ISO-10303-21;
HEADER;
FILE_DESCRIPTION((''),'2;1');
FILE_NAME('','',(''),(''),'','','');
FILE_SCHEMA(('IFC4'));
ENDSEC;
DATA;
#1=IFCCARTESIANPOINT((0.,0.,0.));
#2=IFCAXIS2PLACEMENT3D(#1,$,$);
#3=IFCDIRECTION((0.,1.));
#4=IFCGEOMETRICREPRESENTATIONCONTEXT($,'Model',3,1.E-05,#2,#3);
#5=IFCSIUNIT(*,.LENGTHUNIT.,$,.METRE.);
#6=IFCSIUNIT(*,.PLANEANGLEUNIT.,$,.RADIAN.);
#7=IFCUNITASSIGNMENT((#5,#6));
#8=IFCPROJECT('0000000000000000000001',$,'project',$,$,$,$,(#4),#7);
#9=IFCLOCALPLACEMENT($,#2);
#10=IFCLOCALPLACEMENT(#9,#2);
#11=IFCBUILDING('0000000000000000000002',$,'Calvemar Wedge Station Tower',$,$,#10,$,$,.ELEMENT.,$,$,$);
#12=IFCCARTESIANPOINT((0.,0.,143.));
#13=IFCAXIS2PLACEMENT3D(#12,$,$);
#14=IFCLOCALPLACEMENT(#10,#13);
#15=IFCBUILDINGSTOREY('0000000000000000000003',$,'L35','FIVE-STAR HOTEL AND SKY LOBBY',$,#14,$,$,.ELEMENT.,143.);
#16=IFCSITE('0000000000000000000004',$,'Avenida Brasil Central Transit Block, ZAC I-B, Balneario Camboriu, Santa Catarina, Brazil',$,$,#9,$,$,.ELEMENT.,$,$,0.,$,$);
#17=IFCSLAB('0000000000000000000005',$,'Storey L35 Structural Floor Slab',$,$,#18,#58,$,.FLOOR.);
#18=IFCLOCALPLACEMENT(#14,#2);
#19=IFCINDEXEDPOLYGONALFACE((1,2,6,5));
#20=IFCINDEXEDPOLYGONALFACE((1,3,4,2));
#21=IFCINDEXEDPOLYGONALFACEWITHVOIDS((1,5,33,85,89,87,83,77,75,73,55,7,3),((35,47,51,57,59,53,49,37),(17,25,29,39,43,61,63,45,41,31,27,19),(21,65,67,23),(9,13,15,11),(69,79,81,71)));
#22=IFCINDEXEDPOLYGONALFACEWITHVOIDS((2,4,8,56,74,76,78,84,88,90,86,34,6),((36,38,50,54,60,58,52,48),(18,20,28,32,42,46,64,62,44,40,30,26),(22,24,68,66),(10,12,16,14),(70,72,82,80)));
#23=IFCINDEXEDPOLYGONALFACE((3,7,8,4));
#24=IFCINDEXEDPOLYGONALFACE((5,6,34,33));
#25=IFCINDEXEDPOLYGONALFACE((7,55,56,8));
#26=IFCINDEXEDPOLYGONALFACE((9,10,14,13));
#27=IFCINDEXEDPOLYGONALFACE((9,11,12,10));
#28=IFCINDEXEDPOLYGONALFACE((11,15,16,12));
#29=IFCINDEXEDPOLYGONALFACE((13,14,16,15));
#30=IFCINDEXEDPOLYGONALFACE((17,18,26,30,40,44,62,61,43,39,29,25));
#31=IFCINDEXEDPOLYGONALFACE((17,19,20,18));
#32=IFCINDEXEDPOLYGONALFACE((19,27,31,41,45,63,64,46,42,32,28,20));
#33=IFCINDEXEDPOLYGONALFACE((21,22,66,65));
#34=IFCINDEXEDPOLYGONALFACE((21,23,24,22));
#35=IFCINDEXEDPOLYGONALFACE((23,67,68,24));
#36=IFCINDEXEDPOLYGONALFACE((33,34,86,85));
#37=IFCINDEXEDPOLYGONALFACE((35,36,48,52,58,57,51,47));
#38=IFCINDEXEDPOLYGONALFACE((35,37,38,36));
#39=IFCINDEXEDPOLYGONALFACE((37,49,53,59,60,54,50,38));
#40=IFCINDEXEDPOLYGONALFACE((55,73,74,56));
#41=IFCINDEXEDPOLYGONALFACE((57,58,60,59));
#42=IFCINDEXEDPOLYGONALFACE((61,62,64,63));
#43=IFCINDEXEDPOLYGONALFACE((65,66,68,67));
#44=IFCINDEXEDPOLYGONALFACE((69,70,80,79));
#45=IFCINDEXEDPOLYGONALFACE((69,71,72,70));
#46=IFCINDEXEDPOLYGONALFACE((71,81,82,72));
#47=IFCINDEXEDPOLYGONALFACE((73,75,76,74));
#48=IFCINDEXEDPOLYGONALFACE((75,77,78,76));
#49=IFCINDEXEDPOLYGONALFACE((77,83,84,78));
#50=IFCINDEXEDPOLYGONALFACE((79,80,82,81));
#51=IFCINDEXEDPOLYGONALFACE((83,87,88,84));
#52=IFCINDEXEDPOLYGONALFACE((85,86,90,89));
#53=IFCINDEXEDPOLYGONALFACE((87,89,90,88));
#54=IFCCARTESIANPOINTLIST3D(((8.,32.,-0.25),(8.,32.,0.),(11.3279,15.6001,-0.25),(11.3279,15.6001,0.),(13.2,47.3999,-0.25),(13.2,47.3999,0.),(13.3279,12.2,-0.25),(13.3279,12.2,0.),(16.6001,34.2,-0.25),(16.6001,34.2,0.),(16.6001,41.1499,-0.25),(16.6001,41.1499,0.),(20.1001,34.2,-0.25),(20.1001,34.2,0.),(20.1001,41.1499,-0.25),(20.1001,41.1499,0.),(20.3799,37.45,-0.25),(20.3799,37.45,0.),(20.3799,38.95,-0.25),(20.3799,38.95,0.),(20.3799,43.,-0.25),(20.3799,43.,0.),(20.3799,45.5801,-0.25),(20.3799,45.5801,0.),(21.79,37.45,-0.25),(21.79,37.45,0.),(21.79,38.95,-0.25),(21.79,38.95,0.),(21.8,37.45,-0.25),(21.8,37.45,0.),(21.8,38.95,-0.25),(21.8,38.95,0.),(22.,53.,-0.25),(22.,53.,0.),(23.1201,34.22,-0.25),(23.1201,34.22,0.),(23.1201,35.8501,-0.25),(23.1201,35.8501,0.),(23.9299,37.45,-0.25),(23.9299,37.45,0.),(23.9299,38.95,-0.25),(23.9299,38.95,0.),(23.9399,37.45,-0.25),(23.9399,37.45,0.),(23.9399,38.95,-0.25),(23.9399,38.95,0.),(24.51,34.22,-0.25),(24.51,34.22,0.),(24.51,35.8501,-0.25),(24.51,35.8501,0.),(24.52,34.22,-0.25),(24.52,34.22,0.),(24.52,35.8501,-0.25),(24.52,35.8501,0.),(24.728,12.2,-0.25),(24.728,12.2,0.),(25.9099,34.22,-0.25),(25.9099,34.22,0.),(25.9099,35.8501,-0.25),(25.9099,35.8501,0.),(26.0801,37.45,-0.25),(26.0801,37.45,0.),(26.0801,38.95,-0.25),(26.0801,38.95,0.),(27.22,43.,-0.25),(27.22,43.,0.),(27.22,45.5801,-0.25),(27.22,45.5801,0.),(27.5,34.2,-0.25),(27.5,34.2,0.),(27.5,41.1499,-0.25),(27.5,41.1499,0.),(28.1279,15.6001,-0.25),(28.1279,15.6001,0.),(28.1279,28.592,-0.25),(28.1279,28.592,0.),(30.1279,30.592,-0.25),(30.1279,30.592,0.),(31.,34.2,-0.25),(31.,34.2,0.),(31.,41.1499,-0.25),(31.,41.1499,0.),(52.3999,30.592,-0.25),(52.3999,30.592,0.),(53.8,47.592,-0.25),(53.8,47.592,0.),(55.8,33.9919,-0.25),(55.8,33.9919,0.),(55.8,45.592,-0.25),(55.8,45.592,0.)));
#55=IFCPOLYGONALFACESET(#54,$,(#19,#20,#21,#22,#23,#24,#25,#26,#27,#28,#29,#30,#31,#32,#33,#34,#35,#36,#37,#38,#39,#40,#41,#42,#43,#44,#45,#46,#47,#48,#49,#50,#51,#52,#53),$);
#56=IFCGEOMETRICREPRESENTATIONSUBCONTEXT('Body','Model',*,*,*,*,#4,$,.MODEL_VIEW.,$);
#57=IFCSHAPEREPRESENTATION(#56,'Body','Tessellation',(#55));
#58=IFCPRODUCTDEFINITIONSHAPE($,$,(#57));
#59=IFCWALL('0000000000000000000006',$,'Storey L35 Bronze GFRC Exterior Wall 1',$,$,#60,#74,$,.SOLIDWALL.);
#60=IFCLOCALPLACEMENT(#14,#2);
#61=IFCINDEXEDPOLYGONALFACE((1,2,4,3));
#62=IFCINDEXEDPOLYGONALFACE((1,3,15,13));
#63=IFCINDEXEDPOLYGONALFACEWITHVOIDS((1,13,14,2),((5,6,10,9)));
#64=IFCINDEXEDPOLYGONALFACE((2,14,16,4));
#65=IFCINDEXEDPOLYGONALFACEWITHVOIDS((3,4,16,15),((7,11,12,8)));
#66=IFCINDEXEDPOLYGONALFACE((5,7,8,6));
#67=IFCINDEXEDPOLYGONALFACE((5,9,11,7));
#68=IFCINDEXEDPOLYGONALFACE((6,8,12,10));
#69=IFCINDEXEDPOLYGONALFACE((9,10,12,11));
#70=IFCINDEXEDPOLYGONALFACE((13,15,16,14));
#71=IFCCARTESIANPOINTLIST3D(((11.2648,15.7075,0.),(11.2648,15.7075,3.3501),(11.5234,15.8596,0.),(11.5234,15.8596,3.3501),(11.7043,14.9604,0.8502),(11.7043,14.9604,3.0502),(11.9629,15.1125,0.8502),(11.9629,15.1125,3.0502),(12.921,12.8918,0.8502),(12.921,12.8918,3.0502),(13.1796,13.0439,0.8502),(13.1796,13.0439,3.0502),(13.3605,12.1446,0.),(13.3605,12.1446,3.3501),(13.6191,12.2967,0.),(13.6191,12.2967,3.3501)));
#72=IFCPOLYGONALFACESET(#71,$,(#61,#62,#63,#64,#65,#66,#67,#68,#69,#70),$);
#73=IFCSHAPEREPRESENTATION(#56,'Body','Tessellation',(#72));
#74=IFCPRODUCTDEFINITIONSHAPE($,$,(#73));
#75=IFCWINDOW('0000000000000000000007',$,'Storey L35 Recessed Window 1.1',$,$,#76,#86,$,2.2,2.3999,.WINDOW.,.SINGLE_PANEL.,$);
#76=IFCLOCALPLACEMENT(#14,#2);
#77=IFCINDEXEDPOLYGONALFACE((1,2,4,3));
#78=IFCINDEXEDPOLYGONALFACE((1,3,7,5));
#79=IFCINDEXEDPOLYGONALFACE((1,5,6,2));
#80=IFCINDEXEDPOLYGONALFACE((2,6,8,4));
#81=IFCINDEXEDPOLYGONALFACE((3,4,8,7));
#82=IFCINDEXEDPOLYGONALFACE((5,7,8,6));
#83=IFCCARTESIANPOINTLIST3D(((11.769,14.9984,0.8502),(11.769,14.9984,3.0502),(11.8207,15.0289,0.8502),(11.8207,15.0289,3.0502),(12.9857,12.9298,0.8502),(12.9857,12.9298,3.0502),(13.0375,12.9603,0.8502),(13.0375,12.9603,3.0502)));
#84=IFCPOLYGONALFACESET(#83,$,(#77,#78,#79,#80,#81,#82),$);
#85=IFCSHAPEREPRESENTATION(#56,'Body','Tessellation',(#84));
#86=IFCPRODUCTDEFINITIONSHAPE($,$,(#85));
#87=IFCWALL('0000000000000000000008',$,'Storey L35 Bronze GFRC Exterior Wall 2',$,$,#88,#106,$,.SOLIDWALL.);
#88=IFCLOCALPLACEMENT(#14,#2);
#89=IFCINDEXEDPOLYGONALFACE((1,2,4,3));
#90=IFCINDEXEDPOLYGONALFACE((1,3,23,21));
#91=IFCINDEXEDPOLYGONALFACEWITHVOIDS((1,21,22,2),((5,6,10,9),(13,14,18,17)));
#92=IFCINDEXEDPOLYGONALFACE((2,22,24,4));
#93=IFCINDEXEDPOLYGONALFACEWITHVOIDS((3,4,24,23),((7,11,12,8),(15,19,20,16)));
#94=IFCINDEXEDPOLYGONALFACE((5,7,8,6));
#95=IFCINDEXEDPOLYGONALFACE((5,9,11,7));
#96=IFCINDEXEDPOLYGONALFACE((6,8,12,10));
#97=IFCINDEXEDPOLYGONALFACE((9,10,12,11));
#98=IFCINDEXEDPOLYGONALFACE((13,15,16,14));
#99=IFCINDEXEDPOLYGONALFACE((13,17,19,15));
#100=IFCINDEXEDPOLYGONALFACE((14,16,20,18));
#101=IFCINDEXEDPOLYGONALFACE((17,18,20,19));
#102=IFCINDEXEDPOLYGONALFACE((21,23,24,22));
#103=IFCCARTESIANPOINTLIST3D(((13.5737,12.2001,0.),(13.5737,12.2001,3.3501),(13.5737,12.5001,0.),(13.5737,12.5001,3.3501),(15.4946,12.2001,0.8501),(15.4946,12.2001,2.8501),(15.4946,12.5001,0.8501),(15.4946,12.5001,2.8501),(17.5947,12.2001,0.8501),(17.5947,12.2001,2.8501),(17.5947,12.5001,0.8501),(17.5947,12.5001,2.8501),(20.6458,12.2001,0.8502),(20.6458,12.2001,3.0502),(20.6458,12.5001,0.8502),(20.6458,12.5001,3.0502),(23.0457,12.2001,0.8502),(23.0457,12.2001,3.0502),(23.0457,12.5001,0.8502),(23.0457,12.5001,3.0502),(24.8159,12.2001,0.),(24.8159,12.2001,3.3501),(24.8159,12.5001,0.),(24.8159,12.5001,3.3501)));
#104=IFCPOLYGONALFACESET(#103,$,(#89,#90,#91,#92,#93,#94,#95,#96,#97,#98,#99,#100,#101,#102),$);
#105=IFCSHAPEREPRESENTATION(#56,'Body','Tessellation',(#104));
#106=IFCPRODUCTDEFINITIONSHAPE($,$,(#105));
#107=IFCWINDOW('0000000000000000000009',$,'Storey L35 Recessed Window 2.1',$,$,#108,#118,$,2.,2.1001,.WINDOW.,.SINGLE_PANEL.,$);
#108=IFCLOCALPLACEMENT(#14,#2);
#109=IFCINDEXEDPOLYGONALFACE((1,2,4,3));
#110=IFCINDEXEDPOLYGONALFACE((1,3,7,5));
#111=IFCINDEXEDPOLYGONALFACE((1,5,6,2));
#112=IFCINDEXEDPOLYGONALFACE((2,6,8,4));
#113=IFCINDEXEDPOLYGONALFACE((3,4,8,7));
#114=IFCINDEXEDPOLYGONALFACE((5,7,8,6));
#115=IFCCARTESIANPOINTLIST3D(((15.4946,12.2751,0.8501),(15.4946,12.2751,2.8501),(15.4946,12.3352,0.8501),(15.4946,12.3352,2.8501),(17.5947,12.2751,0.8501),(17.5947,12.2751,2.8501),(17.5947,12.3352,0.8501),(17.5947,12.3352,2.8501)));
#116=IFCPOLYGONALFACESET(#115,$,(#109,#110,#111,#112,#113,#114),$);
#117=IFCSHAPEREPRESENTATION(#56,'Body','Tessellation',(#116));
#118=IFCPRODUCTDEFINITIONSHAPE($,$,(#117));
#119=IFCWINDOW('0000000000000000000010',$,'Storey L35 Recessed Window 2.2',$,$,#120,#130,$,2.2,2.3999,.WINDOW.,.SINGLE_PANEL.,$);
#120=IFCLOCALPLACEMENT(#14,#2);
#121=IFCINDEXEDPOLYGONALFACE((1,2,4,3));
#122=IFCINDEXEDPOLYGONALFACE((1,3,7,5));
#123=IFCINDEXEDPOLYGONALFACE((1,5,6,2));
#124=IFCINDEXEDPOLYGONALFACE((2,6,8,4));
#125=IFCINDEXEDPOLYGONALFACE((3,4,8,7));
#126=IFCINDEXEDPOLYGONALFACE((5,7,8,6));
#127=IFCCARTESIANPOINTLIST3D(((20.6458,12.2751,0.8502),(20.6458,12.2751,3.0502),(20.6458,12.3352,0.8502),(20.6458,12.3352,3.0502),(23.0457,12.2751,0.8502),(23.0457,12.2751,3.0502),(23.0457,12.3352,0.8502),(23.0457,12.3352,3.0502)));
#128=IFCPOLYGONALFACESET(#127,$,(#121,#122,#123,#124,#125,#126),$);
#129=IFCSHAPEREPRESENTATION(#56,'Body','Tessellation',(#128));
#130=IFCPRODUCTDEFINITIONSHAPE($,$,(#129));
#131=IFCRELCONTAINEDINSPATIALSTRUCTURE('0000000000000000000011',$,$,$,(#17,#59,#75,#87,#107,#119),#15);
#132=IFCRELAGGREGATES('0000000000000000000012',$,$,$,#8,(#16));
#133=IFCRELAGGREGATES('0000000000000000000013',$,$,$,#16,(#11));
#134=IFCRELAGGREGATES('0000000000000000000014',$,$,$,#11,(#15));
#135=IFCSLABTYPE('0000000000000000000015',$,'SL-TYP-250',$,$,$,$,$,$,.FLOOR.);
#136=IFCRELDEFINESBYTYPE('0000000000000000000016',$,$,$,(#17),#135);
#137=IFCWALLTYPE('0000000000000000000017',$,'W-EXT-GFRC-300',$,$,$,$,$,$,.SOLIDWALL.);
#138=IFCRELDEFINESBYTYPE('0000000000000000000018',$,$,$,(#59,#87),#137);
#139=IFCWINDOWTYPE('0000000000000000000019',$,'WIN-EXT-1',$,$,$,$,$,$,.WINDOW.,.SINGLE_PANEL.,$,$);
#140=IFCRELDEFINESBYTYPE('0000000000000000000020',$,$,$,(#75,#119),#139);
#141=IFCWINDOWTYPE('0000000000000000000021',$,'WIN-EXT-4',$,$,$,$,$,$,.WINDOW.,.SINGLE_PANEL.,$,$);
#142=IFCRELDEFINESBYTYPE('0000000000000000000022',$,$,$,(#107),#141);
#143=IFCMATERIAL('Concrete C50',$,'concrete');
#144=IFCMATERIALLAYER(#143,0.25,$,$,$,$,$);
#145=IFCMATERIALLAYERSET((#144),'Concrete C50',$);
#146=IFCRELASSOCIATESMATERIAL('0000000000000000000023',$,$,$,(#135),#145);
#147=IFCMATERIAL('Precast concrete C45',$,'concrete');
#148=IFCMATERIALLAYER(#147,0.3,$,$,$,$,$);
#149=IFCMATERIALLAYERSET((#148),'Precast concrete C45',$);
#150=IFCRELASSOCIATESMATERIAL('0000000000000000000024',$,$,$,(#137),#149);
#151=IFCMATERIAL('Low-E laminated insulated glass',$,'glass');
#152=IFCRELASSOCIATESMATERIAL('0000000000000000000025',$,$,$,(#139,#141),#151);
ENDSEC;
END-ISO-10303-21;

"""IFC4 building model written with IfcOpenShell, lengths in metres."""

from ifc_helpers import new_model, si_unit, direction, frame, frame_2d, origin, place, context, subcontext, project, spatial, polyline, rectangle, outline, extrude, source, transform, mapped, material, layer, layer_set, type_object, element, fill, save


model = new_model("IFC4")

# Units and contexts
model_context = context("Model", 3, precision=1e-05, world=origin(), true_north=direction((0.0, 1.0)))
body_context = subcontext(model_context, "Body", "Model", "MODEL_VIEW")
ifc_project = project(units=[si_unit("LENGTHUNIT", "METRE"), si_unit("PLANEANGLEUNIT", "RADIAN")], contexts=[model_context])

# Site, building, storey
site_placement = place(None, origin())
site = spatial("IfcSite", under=ifc_project, at=site_placement, Name="Avenida Brasil Central Transit Block, ZAC I-B, Balneario Camboriu, Santa Catarina, Brazil", CompositionType="ELEMENT", RefElevation=0.0)
building_placement = place(site_placement, origin())
building = spatial("IfcBuilding", under=site, at=building_placement, Name="Calvemar Wedge Station Tower", CompositionType="ELEMENT")
storey_placement = place(building_placement, frame((0.0, 0.0, 143.0)))
storey = spatial("IfcBuildingStorey", under=building, at=storey_placement, Name="L35", Description="FIVE-STAR HOTEL AND SKY LOBBY", CompositionType="ELEMENT", Elevation=143.0)

# Shared definitions
ifc_material_1 = material(Name="Concrete C50", Category="concrete")

# Slab
ifc_layer_1 = layer(ifc_material_1, 0.25)
ifc_layer_set_1 = layer_set([ifc_layer_1], Name="Concrete C50")
slab_type_1 = type_object("IfcSlabType", Name="SL-TYP-250", PredefinedType="FLOOR", material=ifc_layer_set_1)
slab_1_placement = place(storey_placement, frame((0.0, 0.0, -0.25)))
element("IfcSlab", 1, at=slab_1_placement, inside=storey, type_object=slab_type_1, Name="Storey L35 Structural Floor Slab", PredefinedType="FLOOR", context=body_context, shape_type="SweptSolid", body=[
    extrude(outline(polyline([(8.0, 32.0), (11.3279, 15.6001), (13.3279, 12.2), (24.728, 12.2), (28.1279, 15.6001), (28.1279, 28.592), (30.1279, 30.592), (52.3999, 30.592), (55.8, 33.9919), (55.8, 45.592), (53.8, 47.592), (22.0, 53.0), (13.2, 47.3999), (8.0, 32.0)]), holes=[polyline([(24.52, 35.8501), (24.51, 35.8501), (23.1201, 35.8501), (23.1201, 34.22), (24.51, 34.22), (24.52, 34.22), (25.9099, 34.22), (25.9099, 35.8501), (24.52, 35.8501)]), polyline([(16.6001, 34.2), (20.1001, 34.2), (20.1001, 41.1499), (16.6001, 41.1499), (16.6001, 34.2)]), polyline([(27.5, 34.2), (31.0, 34.2), (31.0, 41.1499), (27.5, 41.1499), (27.5, 34.2)]), polyline([(21.8, 38.95), (21.79, 38.95), (20.3799, 38.95), (20.3799, 37.45), (21.79, 37.45), (21.8, 37.45), (23.9299, 37.45), (23.9399, 37.45), (26.0801, 37.45), (26.0801, 38.95), (23.9399, 38.95), (23.9299, 38.95), (21.8, 38.95)]), polyline([(27.22, 43.0), (27.22, 45.5801), (20.3799, 45.5801), (20.3799, 43.0), (27.22, 43.0)])]), origin(), (0.0, 0.0, 1.0), 0.25),
])

# Wall, opening, window
ifc_material_2 = material(Name="Precast concrete C45", Category="concrete")
ifc_layer_2 = layer(ifc_material_2, 0.3)
ifc_layer_set_2 = layer_set([ifc_layer_2], Name="Precast concrete C45")
wall_type = type_object("IfcWallType", Name="W-EXT-GFRC-300", PredefinedType="SOLIDWALL", material=ifc_layer_set_2)
wall_1_placement = place(storey_placement, frame((11.394, 15.7837, 0.0), z_axis=(0.0, 0.0, 1.0), x_axis=(0.506989, -0.861952, 0.0)))
wall_1 = element("IfcWall", 2, at=wall_1_placement, inside=storey, type_object=wall_type, Name="Storey L35 Bronze GFRC Exterior Wall 1", PredefinedType="SOLIDWALL", context=body_context, shape_type="SweptSolid", body=[
    extrude(rectangle(XDim=4.1335, YDim=0.3, at=frame_2d((2.0669, 0.0))), origin(), (0.0, 0.0, 1.0), 3.3501),
])
shared_shape_1 = source(origin(), body_context, "Body", "SweptSolid", [
    extrude(rectangle(XDim=2.3999, YDim=2.2, at=frame_2d((1.2, 1.1001))), frame((0.0, 0.1602, 0.0), z_axis=(0.0, -1.0, 0.0), x_axis=(1.0, 0.0, 0.0)), (0.0, 0.0, 1.0), 0.3201),
])
opening_1_placement = place(wall_1_placement, frame((0.8669, 0.0, 0.8501)))
opening_1 = element("IfcOpeningElement", 3, at=opening_1_placement, cuts=wall_1, PredefinedType="OPENING", context=body_context, shape_type="MappedRepresentation", body=[
    mapped(shared_shape_1, transform((0.0, 0.0, 0.0), scale=1.0)),
])
ifc_material_3 = material(Name="Low-E laminated insulated glass", Category="glass")
window_type_1 = type_object("IfcWindowType", Name="WIN-EXT-1", PartitioningType="SINGLE_PANEL", PredefinedType="WINDOW", material=ifc_material_3)
shared_shape_2 = source(origin(), body_context, "Body", "SweptSolid", [
    extrude(rectangle(XDim=2.3999, YDim=2.2, at=frame_2d((1.2, 1.1001))), frame((0.0, -0.0149, 0.0), z_axis=(0.0, -1.0, 0.0), x_axis=(1.0, 0.0, 0.0)), (0.0, 0.0, 1.0), 0.0601),
])
window_1_placement = place(opening_1_placement, origin())
window_1 = element("IfcWindow", 4, at=window_1_placement, inside=storey, type_object=window_type_1, Name="Storey L35 Recessed Window 1.1", OverallHeight=2.2, OverallWidth=2.3999, PartitioningType="SINGLE_PANEL", PredefinedType="WINDOW", context=body_context, shape_type="MappedRepresentation", body=[
    mapped(shared_shape_2, transform((0.0, 0.0, 0.0), scale=1.0)),
])
fill(opening_1, window_1)

# Wall, openings, windows
wall_2_placement = place(storey_placement, frame((13.5737, 12.3501, 0.0), z_axis=(0.0, 0.0, 1.0), x_axis=(1.0, 0.0, 0.0)))
wall_2 = element("IfcWall", 5, at=wall_2_placement, inside=storey, type_object=wall_type, Name="Storey L35 Bronze GFRC Exterior Wall 2", PredefinedType="SOLIDWALL", context=body_context, shape_type="SweptSolid", body=[
    extrude(rectangle(XDim=11.2422, YDim=0.3, at=frame_2d((5.6211, 0.0))), origin(), (0.0, 0.0, 1.0), 3.3501),
])
shared_shape_3 = source(origin(), body_context, "Body", "SweptSolid", [
    extrude(rectangle(XDim=2.1001, YDim=2.0, at=frame_2d((1.05, 1.0))), frame((0.0, 0.1602, 0.0), z_axis=(0.0, -1.0, 0.0), x_axis=(1.0, 0.0, 0.0)), (0.0, 0.0, 1.0), 0.3201),
])
opening_2_placement = place(wall_2_placement, frame((1.9209, 0.0, 0.8501)))
opening_2 = element("IfcOpeningElement", 6, at=opening_2_placement, cuts=wall_2, PredefinedType="OPENING", context=body_context, shape_type="MappedRepresentation", body=[
    mapped(shared_shape_3, transform((0.0, 0.0, 0.0), scale=1.0)),
])
opening_3_placement = place(wall_2_placement, frame((7.072, 0.0, 0.8501)))
opening_3 = element("IfcOpeningElement", 7, at=opening_3_placement, cuts=wall_2, PredefinedType="OPENING", context=body_context, shape_type="MappedRepresentation", body=[
    mapped(shared_shape_1, transform((0.0, 0.0, 0.0), scale=1.0)),
])
window_type_2 = type_object("IfcWindowType", Name="WIN-EXT-4", PartitioningType="SINGLE_PANEL", PredefinedType="WINDOW", material=ifc_material_3)
shared_shape_4 = source(origin(), body_context, "Body", "SweptSolid", [
    extrude(rectangle(XDim=2.1001, YDim=2.0, at=frame_2d((1.05, 1.0))), frame((0.0, -0.0149, 0.0), z_axis=(0.0, -1.0, 0.0), x_axis=(1.0, 0.0, 0.0)), (0.0, 0.0, 1.0), 0.0601),
])
window_2_placement = place(opening_2_placement, origin())
window_2 = element("IfcWindow", 8, at=window_2_placement, inside=storey, type_object=window_type_2, Name="Storey L35 Recessed Window 2.1", OverallHeight=2.0, OverallWidth=2.1001, PartitioningType="SINGLE_PANEL", PredefinedType="WINDOW", context=body_context, shape_type="MappedRepresentation", body=[
    mapped(shared_shape_4, transform((0.0, 0.0, 0.0), scale=1.0)),
])
fill(opening_2, window_2)
window_3_placement = place(opening_3_placement, origin())
window_3 = element("IfcWindow", 9, at=window_3_placement, inside=storey, type_object=window_type_1, Name="Storey L35 Recessed Window 2.2", OverallHeight=2.2, OverallWidth=2.3999, PartitioningType="SINGLE_PANEL", PredefinedType="WINDOW", context=body_context, shape_type="MappedRepresentation", body=[
    mapped(shared_shape_2, transform((0.0, 0.0, 0.0), scale=1.0)),
])
fill(opening_3, window_3)

save(model, "model.ifc")
